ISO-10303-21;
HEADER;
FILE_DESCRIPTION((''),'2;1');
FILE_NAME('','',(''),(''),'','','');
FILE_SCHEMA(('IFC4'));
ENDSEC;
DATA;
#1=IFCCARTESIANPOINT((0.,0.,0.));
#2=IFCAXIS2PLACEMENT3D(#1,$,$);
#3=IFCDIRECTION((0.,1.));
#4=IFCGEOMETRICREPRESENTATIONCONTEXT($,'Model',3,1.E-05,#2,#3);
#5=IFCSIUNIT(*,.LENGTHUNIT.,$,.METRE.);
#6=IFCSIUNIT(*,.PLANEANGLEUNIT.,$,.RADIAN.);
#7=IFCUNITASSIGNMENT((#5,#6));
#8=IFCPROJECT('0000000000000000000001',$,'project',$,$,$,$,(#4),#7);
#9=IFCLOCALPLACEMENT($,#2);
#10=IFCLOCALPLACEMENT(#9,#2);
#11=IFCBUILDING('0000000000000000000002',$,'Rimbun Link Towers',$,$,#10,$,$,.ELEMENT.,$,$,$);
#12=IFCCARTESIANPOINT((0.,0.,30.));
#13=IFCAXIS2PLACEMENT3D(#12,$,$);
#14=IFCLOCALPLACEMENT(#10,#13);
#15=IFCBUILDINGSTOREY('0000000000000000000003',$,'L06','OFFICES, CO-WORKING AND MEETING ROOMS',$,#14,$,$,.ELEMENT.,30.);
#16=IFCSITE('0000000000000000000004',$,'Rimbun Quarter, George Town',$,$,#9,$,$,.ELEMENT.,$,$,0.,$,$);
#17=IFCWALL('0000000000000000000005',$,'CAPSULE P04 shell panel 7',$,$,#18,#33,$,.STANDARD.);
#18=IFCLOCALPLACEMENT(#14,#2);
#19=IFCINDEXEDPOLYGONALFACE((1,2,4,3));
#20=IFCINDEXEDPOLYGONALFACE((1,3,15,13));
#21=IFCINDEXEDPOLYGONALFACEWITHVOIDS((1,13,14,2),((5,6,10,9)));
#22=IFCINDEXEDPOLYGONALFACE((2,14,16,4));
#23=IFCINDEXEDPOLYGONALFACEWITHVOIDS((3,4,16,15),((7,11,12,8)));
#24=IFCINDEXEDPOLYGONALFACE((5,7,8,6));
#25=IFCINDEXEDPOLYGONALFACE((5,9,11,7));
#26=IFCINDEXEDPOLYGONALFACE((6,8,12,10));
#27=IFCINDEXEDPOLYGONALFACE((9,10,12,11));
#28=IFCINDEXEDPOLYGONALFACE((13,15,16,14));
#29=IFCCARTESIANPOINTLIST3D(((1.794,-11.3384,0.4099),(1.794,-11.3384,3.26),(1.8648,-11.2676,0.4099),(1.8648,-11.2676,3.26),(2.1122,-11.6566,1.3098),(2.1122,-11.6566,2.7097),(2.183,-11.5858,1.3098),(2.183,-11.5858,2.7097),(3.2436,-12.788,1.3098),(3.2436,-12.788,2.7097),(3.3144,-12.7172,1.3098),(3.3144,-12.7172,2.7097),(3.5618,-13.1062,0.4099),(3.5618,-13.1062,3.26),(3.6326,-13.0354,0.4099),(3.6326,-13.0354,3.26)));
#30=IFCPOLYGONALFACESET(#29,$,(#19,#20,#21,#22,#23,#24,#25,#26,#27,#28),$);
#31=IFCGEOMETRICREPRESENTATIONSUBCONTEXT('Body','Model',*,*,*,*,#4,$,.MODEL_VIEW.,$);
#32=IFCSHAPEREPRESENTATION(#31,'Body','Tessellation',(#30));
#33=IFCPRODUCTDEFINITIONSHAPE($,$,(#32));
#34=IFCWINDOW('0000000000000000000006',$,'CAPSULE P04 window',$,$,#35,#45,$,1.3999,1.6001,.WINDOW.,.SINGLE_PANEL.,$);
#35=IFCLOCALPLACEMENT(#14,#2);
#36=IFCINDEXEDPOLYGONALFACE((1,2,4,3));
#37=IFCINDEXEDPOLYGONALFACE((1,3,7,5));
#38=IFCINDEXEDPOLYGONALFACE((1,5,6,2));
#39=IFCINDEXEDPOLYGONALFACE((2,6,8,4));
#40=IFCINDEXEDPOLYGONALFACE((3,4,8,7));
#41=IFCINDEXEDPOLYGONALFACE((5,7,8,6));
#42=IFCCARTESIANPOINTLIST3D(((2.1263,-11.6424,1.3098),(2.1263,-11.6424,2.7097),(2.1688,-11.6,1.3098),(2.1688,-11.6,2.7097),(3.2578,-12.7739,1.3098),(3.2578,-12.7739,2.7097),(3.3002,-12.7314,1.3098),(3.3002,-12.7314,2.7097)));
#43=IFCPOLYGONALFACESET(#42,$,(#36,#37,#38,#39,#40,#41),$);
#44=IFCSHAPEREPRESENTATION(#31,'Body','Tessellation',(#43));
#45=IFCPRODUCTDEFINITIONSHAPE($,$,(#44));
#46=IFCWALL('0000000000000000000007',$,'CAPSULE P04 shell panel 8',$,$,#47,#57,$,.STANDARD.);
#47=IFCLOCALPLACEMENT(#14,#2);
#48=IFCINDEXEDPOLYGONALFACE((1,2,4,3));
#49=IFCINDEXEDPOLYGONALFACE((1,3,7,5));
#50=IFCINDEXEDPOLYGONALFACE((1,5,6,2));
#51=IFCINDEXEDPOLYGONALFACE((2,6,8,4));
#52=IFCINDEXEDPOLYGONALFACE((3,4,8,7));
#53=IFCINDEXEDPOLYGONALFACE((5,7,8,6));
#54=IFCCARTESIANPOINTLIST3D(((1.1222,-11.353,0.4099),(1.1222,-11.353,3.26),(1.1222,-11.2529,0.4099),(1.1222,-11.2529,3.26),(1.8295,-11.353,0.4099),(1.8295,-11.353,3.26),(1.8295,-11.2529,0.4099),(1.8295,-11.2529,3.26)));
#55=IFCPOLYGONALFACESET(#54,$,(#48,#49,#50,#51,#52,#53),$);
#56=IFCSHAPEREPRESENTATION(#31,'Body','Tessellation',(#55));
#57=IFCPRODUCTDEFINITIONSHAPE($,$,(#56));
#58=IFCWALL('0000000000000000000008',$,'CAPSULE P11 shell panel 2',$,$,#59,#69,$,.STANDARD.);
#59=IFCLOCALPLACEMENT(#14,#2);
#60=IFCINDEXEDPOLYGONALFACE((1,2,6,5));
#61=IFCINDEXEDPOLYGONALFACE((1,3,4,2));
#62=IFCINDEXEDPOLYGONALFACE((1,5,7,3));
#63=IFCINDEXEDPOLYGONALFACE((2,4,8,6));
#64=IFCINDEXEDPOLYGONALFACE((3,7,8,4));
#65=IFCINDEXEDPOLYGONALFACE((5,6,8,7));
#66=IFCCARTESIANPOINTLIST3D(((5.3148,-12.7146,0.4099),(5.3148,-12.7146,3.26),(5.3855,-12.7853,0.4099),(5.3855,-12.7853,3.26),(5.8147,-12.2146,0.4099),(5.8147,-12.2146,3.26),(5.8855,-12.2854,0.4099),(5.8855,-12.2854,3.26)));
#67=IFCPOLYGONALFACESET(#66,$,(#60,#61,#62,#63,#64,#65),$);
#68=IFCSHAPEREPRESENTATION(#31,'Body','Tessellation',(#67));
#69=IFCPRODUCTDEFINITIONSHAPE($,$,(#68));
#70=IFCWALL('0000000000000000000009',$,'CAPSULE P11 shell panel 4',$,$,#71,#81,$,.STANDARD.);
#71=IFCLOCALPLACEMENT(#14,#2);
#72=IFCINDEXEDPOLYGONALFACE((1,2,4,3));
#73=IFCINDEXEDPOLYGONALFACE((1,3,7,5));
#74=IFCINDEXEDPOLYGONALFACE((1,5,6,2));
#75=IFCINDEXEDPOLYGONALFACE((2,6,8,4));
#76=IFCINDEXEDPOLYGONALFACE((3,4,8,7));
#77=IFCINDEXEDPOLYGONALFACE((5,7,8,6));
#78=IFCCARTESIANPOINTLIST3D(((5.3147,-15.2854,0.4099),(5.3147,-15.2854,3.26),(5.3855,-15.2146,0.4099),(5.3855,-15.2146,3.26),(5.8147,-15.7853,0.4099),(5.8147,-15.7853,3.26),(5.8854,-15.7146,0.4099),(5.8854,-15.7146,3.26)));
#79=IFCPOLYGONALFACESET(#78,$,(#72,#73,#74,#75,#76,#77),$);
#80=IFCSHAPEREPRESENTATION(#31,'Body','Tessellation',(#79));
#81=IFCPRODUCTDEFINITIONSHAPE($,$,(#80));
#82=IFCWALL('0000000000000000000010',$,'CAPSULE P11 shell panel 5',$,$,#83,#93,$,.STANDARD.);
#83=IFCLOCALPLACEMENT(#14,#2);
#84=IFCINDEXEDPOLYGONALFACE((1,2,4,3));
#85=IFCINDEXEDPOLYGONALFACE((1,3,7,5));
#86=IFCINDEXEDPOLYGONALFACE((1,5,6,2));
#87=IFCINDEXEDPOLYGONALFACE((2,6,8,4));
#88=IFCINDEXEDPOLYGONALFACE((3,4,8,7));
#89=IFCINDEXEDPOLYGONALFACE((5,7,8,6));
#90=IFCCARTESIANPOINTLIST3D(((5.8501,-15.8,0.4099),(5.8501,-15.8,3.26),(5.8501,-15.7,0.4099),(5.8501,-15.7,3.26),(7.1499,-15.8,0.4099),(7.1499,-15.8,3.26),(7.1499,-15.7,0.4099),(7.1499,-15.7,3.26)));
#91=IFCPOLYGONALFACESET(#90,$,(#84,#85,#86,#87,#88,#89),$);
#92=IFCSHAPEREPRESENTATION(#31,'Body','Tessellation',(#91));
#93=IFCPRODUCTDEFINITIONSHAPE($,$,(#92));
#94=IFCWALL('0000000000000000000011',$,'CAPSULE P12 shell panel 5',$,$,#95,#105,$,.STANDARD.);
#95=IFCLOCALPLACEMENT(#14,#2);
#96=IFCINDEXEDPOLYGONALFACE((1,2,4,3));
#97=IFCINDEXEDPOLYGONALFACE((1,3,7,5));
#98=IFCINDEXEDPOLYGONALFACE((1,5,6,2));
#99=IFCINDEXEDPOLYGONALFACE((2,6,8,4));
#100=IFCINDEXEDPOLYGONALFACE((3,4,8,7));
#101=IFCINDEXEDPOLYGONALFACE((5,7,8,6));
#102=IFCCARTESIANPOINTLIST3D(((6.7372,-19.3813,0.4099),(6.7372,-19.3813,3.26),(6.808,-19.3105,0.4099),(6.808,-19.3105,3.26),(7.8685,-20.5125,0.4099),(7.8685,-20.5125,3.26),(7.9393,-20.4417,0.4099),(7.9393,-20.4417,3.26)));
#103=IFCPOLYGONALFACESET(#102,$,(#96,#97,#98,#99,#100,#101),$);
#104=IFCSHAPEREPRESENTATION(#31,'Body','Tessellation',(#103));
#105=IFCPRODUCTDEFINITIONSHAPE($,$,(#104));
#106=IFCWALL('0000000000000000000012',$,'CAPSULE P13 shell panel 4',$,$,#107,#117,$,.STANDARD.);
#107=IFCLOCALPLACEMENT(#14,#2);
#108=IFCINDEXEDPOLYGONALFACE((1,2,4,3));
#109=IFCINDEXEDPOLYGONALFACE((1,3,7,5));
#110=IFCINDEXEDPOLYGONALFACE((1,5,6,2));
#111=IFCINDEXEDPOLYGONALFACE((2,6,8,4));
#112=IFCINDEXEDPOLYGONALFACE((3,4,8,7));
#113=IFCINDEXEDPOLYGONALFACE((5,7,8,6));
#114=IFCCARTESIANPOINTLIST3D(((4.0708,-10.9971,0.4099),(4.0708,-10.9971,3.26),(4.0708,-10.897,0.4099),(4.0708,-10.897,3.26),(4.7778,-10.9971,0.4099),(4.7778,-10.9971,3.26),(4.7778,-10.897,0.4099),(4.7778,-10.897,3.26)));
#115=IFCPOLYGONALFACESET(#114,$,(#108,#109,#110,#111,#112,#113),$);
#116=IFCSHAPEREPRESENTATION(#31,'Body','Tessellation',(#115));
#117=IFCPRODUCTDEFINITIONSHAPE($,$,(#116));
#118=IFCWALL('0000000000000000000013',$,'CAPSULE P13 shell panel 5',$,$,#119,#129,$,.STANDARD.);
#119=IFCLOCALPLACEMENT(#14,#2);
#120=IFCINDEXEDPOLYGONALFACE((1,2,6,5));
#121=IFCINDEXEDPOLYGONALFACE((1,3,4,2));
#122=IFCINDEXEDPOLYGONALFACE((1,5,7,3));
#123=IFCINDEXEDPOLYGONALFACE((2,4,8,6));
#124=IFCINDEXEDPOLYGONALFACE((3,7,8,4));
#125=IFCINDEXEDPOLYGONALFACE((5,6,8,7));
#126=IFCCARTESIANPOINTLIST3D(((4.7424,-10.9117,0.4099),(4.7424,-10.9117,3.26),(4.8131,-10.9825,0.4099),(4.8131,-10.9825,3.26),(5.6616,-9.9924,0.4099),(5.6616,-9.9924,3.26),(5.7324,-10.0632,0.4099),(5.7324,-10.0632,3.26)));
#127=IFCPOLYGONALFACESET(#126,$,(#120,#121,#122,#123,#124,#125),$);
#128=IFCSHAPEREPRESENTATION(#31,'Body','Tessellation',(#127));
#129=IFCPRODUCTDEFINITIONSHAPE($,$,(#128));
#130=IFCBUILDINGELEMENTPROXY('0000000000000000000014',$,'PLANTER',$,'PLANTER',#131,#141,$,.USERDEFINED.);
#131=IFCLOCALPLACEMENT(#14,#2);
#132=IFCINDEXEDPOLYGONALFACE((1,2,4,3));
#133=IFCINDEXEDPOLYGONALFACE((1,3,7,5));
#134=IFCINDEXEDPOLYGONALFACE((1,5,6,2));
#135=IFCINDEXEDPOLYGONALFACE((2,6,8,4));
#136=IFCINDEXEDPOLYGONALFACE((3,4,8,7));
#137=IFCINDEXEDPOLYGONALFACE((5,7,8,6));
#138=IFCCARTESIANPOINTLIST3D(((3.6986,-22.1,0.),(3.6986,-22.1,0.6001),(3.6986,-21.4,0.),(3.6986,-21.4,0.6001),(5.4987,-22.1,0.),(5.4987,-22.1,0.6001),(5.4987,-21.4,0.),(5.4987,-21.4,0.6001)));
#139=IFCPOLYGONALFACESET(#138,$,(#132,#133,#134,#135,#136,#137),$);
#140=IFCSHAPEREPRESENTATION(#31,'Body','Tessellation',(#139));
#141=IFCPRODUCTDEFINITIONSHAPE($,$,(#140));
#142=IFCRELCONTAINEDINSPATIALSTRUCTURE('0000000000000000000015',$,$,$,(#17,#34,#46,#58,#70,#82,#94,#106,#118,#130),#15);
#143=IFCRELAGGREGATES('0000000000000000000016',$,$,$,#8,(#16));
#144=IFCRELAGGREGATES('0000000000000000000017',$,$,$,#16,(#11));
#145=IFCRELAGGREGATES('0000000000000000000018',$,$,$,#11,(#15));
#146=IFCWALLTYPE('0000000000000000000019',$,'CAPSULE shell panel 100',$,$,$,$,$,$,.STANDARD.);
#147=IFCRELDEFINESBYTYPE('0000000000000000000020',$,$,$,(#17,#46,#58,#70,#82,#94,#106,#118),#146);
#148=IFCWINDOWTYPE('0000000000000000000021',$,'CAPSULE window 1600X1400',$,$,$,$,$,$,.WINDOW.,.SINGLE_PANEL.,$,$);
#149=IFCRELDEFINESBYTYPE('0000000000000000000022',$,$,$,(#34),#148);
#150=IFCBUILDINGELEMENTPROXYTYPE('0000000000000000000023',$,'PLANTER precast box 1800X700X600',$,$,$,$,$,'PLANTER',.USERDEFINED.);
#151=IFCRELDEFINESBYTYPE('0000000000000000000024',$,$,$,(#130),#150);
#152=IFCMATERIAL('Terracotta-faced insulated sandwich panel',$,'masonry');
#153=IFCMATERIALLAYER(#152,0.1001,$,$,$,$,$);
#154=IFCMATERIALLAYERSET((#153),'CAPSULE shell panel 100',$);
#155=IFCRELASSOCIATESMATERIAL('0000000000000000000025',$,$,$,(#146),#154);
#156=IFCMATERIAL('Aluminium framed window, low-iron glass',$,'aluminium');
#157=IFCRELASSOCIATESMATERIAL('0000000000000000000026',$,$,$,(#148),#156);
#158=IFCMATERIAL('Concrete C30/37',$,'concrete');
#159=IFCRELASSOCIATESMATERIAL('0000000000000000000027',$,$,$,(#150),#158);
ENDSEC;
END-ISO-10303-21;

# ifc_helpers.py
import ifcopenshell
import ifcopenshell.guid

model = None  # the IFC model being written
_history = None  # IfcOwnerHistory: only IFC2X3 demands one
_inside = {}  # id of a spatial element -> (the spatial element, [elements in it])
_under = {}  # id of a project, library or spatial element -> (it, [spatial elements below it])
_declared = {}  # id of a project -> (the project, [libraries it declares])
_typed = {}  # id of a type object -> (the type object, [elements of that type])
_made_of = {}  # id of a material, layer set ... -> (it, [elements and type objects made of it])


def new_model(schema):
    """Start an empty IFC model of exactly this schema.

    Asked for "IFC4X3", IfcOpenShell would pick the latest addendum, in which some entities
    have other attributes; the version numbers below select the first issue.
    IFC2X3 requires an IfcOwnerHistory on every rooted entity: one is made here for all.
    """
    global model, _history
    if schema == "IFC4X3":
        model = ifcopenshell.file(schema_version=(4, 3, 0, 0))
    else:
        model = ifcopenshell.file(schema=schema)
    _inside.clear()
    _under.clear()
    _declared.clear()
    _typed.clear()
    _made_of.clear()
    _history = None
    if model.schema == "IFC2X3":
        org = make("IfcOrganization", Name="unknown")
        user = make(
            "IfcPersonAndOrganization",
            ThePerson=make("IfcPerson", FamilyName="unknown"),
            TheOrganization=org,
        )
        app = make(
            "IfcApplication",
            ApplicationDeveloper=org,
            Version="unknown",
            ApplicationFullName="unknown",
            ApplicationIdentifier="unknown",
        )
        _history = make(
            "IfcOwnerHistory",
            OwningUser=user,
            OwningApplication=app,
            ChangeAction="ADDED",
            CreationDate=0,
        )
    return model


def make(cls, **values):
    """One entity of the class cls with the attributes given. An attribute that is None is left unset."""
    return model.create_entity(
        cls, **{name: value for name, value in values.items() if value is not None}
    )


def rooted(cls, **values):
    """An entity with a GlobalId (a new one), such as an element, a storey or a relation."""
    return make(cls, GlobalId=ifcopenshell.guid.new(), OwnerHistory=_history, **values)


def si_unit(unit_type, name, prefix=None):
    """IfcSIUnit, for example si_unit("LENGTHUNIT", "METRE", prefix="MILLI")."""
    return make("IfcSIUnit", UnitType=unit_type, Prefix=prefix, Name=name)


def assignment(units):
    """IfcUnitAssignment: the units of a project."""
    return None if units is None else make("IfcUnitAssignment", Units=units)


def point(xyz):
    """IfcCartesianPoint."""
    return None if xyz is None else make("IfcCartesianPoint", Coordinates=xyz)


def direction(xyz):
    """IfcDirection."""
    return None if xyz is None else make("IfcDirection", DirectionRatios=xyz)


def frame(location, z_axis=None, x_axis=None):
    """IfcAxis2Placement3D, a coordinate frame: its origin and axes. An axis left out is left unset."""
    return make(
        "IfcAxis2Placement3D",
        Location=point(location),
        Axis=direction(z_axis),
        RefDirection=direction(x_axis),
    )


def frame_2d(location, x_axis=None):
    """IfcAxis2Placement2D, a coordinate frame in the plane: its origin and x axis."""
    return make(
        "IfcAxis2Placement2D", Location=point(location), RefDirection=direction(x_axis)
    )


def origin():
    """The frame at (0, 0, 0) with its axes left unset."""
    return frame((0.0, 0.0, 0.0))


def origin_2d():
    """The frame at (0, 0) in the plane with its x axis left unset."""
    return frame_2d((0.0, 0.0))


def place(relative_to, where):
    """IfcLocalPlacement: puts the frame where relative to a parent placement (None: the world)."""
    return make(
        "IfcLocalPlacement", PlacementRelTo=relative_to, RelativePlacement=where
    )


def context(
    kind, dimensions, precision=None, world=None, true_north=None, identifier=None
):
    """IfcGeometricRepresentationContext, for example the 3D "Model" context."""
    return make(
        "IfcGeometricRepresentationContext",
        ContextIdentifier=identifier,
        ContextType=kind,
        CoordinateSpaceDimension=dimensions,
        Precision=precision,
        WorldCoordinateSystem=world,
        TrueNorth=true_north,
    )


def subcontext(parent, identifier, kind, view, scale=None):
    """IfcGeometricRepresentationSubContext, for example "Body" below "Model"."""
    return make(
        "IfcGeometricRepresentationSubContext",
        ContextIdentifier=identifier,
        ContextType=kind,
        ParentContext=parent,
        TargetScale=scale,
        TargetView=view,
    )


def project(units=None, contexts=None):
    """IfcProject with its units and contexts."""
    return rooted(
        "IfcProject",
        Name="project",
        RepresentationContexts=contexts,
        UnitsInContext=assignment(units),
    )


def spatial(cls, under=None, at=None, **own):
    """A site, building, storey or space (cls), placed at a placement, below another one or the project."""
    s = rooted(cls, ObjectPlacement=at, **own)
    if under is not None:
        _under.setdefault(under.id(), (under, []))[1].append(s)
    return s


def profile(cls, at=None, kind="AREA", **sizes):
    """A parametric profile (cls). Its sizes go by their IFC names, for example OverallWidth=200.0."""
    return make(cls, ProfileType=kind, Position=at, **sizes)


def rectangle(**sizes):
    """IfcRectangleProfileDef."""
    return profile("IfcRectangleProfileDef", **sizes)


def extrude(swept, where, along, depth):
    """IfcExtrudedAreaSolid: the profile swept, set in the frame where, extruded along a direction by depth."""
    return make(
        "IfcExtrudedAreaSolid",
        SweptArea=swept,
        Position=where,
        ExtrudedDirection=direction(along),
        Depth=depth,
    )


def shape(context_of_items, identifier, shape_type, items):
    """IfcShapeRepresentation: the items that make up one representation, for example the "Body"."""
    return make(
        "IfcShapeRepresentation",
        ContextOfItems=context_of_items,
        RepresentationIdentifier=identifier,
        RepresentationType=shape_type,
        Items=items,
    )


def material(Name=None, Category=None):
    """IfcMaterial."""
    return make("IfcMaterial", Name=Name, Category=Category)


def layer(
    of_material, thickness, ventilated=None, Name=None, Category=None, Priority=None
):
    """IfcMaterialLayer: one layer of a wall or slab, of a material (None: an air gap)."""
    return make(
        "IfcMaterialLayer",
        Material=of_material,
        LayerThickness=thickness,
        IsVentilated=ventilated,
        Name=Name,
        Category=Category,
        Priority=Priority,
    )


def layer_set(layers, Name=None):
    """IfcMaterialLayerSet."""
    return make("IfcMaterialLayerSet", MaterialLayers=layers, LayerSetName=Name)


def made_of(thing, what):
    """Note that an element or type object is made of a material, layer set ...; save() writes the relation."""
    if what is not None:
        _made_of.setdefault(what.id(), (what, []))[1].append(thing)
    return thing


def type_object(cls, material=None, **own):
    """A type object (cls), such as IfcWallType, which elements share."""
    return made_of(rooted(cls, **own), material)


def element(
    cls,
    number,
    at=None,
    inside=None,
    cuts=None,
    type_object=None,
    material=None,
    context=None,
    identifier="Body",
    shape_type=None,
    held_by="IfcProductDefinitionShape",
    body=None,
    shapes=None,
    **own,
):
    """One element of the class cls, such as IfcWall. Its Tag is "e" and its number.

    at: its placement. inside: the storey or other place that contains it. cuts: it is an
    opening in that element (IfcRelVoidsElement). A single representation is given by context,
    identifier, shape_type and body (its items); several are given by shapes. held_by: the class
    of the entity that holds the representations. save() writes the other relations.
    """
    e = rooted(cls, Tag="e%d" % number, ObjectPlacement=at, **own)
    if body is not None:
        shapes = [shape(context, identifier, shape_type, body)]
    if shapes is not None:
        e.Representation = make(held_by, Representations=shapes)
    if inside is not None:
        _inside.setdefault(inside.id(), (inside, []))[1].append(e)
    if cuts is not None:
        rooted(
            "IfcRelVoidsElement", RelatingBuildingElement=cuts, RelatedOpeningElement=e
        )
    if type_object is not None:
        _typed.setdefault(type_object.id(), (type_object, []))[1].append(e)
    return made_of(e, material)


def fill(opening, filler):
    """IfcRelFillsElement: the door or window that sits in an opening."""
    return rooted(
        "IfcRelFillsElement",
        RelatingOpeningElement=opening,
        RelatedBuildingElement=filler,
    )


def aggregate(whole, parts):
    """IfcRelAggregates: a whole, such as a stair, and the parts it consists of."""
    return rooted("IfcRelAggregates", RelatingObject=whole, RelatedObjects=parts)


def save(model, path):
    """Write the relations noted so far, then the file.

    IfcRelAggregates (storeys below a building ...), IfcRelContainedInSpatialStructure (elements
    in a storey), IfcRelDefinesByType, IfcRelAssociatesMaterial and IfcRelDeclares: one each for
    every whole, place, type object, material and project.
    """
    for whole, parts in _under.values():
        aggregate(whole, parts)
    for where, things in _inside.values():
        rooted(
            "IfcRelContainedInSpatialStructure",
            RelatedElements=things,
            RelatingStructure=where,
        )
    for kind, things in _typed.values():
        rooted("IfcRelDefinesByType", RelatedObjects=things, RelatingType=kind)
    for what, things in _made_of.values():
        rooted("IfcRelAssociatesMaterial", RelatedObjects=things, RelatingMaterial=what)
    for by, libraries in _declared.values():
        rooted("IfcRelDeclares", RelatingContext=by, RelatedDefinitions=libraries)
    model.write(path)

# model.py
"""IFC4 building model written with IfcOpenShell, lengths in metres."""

from ifc_helpers import new_model, si_unit, direction, frame, frame_2d, origin, origin_2d, place, context, subcontext, project, spatial, rectangle, extrude, material, layer, layer_set, type_object, element, fill, save


model = new_model("IFC4")

# Units and contexts
model_context = context("Model", 3, precision=1e-05, world=origin(), true_north=direction((0.0, 1.0)))
body_context = subcontext(model_context, "Body", "Model", "MODEL_VIEW")
ifc_project = project(units=[si_unit("LENGTHUNIT", "METRE"), si_unit("PLANEANGLEUNIT", "RADIAN")], contexts=[model_context])

# Site, building, storey
site_placement = place(None, origin())
site = spatial("IfcSite", under=ifc_project, at=site_placement, Name="Rimbun Quarter, George Town", CompositionType="ELEMENT", RefElevation=0.0)
building_placement = place(site_placement, origin())
building = spatial("IfcBuilding", under=site, at=building_placement, Name="Rimbun Link Towers", CompositionType="ELEMENT")
storey_placement = place(building_placement, frame((0.0, 0.0, 30.0)))
storey = spatial("IfcBuildingStorey", under=building, at=storey_placement, Name="L06", Description="OFFICES, CO-WORKING AND MEETING ROOMS", CompositionType="ELEMENT", Elevation=30.0)

# Shared definitions
ifc_material_1 = material(Name="Terracotta-faced insulated sandwich panel", Category="masonry")
ifc_layer_1 = layer(ifc_material_1, 0.1001)
ifc_layer_set_1 = layer_set([ifc_layer_1], Name="CAPSULE shell panel 100")
wall_type_1 = type_object("IfcWallType", Name="CAPSULE shell panel 100", PredefinedType="STANDARD", material=ifc_layer_set_1)

# Shared definitions
ifc_material_2 = material(Name="Aluminium framed window, low-iron glass", Category="aluminium")
window_type = type_object("IfcWindowType", Name="CAPSULE window 1600X1400", PartitioningType="SINGLE_PANEL", PredefinedType="WINDOW", material=ifc_material_2)

# Wall, opening, window
wall_1_placement = place(storey_placement, frame((3.5972, -13.0708, 0.4099), z_axis=(0.0, 0.0, 1.0), x_axis=(-0.707107, 0.707107, 0.0)))
wall_1 = element("IfcWall", 1, at=wall_1_placement, inside=storey, type_object=wall_type_1, Name="CAPSULE P04 shell panel 7", PredefinedType="STANDARD", context=body_context, shape_type="SweptSolid", body=[
    extrude(rectangle(XDim=2.5, YDim=0.1001, at=frame_2d((1.25, 0.0))), origin(), (0.0, 0.0, 1.0), 2.8501),
])
opening_1_placement = place(wall_1_placement, frame((0.45, 0.0, 0.8999)))
opening_1 = element("IfcOpeningElement", 2, at=opening_1_placement, cuts=wall_1, PredefinedType="OPENING", context=body_context, shape_type="SweptSolid", body=[
    extrude(rectangle(XDim=1.6001, YDim=1.3999, at=frame_2d((0.8, 0.7))), frame((0.0, 0.0601, 0.0), z_axis=(0.0, -1.0, 0.0), x_axis=(1.0, 0.0, 0.0)), (0.0, 0.0, 1.0), 0.1201),
])
window_1_placement = place(opening_1_placement, origin())
window_1 = element("IfcWindow", 3, at=window_1_placement, inside=storey, type_object=window_type, Name="CAPSULE P04 window", OverallHeight=1.3999, OverallWidth=1.6001, PartitioningType="SINGLE_PANEL", PredefinedType="WINDOW", context=body_context, shape_type="SweptSolid", body=[
    extrude(rectangle(XDim=1.6001, YDim=1.3999, at=frame_2d((0.8, 0.7))), frame((0.0, 0.03, 0.0), z_axis=(0.0, -1.0, 0.0), x_axis=(1.0, 0.0, 0.0)), (0.0, 0.0, 1.0), 0.0601),
])
fill(opening_1, window_1)

# Walls
wall_2_placement = place(storey_placement, frame((1.8293, -11.303, 0.4099), z_axis=(0.0, 0.0, 1.0), x_axis=(-1.0, 0.0, 0.0)))
element("IfcWall", 4, at=wall_2_placement, inside=storey, type_object=wall_type_1, Name="CAPSULE P04 shell panel 8", PredefinedType="STANDARD", context=body_context, shape_type="SweptSolid", body=[
    extrude(rectangle(XDim=0.7073, YDim=0.1001, at=frame_2d((0.3535, 0.0))), origin(), (0.0, 0.0, 1.0), 2.8501),
])
for number, where, z_axis, x_axis, name in (
    (5, (5.8501, -12.25, 0.4099), (0.0, 0.0, 1.0), (-0.707107, -0.707107, 0.0), "CAPSULE P11 shell panel 2"),
    (6, (5.3501, -15.25, 0.4099), (0.0, 0.0, 1.0), (0.707107, -0.707107, 0.0), "CAPSULE P11 shell panel 4"),
):
    element("IfcWall", number, at=place(storey_placement, frame(where, z_axis=z_axis, x_axis=x_axis)), inside=storey, type_object=wall_type_1, Name=name, PredefinedType="STANDARD", context=body_context, shape_type="SweptSolid", body=[
        extrude(rectangle(XDim=0.707, YDim=0.1001, at=frame_2d((0.3535, 0.0))), origin(), (0.0, 0.0, 1.0), 2.8501),
    ])
wall_3_placement = place(storey_placement, frame((5.8501, -15.75, 0.4099), z_axis=(0.0, 0.0, 1.0), x_axis=(1.0, 0.0, 0.0)))
element("IfcWall", 7, at=wall_3_placement, inside=storey, type_object=wall_type_1, Name="CAPSULE P11 shell panel 5", PredefinedType="STANDARD", context=body_context, shape_type="SweptSolid", body=[
    extrude(rectangle(XDim=1.2998, YDim=0.1001, at=frame_2d((0.6499, 0.0))), origin(), (0.0, 0.0, 1.0), 2.8501),
])
wall_4_placement = place(storey_placement, frame((6.7727, -19.3459, 0.4099), z_axis=(0.0, 0.0, 1.0), x_axis=(0.707107, -0.707107, 0.0)))
element("IfcWall", 8, at=wall_4_placement, inside=storey, type_object=wall_type_1, Name="CAPSULE P12 shell panel 5", PredefinedType="STANDARD", context=body_context, shape_type="SweptSolid", body=[
    extrude(rectangle(XDim=1.5999, YDim=0.1001, at=frame_2d((0.7998, 0.0))), origin(), (0.0, 0.0, 1.0), 2.8501),
])
wall_5_placement = place(storey_placement, frame((4.0708, -10.947, 0.4099), z_axis=(0.0, 0.0, 1.0), x_axis=(1.0, 0.0, 0.0)))
element("IfcWall", 9, at=wall_5_placement, inside=storey, type_object=wall_type_1, Name="CAPSULE P13 shell panel 4", PredefinedType="STANDARD", context=body_context, shape_type="SweptSolid", body=[
    extrude(rectangle(XDim=0.707, YDim=0.1001, at=frame_2d((0.3535, 0.0))), origin(), (0.0, 0.0, 1.0), 2.8501),
])
wall_6_placement = place(storey_placement, frame((4.7778, -10.947, 0.4099), z_axis=(0.0, 0.0, 1.0), x_axis=(0.707107, 0.707107, 0.0)))
element("IfcWall", 10, at=wall_6_placement, inside=storey, type_object=wall_type_1, Name="CAPSULE P13 shell panel 5", PredefinedType="STANDARD", context=body_context, shape_type="SweptSolid", body=[
    extrude(rectangle(XDim=1.3, YDim=0.1001, at=frame_2d((0.6499, 0.0))), origin(), (0.0, 0.0, 1.0), 2.8501),
])

# Building element proxy
ifc_material_3 = material(Name="Concrete C30/37", Category="concrete")
building_element_proxy_type = type_object("IfcBuildingElementProxyType", Name="PLANTER precast box 1800X700X600", ElementType="PLANTER", PredefinedType="USERDEFINED", material=ifc_material_3)
proxy_placement = place(storey_placement, frame((4.5986, -21.75, 0.0), z_axis=(0.0, 0.0, 1.0), x_axis=(1.0, 0.0, 0.0)))
element("IfcBuildingElementProxy", 11, at=proxy_placement, inside=storey, type_object=building_element_proxy_type, Name="PLANTER", ObjectType="PLANTER", PredefinedType="USERDEFINED", context=body_context, shape_type="SweptSolid", body=[
    extrude(rectangle(XDim=1.8, YDim=0.7, at=origin_2d()), origin(), (0.0, 0.0, 1.0), 0.6001),
])

save(model, "model.ifc")
